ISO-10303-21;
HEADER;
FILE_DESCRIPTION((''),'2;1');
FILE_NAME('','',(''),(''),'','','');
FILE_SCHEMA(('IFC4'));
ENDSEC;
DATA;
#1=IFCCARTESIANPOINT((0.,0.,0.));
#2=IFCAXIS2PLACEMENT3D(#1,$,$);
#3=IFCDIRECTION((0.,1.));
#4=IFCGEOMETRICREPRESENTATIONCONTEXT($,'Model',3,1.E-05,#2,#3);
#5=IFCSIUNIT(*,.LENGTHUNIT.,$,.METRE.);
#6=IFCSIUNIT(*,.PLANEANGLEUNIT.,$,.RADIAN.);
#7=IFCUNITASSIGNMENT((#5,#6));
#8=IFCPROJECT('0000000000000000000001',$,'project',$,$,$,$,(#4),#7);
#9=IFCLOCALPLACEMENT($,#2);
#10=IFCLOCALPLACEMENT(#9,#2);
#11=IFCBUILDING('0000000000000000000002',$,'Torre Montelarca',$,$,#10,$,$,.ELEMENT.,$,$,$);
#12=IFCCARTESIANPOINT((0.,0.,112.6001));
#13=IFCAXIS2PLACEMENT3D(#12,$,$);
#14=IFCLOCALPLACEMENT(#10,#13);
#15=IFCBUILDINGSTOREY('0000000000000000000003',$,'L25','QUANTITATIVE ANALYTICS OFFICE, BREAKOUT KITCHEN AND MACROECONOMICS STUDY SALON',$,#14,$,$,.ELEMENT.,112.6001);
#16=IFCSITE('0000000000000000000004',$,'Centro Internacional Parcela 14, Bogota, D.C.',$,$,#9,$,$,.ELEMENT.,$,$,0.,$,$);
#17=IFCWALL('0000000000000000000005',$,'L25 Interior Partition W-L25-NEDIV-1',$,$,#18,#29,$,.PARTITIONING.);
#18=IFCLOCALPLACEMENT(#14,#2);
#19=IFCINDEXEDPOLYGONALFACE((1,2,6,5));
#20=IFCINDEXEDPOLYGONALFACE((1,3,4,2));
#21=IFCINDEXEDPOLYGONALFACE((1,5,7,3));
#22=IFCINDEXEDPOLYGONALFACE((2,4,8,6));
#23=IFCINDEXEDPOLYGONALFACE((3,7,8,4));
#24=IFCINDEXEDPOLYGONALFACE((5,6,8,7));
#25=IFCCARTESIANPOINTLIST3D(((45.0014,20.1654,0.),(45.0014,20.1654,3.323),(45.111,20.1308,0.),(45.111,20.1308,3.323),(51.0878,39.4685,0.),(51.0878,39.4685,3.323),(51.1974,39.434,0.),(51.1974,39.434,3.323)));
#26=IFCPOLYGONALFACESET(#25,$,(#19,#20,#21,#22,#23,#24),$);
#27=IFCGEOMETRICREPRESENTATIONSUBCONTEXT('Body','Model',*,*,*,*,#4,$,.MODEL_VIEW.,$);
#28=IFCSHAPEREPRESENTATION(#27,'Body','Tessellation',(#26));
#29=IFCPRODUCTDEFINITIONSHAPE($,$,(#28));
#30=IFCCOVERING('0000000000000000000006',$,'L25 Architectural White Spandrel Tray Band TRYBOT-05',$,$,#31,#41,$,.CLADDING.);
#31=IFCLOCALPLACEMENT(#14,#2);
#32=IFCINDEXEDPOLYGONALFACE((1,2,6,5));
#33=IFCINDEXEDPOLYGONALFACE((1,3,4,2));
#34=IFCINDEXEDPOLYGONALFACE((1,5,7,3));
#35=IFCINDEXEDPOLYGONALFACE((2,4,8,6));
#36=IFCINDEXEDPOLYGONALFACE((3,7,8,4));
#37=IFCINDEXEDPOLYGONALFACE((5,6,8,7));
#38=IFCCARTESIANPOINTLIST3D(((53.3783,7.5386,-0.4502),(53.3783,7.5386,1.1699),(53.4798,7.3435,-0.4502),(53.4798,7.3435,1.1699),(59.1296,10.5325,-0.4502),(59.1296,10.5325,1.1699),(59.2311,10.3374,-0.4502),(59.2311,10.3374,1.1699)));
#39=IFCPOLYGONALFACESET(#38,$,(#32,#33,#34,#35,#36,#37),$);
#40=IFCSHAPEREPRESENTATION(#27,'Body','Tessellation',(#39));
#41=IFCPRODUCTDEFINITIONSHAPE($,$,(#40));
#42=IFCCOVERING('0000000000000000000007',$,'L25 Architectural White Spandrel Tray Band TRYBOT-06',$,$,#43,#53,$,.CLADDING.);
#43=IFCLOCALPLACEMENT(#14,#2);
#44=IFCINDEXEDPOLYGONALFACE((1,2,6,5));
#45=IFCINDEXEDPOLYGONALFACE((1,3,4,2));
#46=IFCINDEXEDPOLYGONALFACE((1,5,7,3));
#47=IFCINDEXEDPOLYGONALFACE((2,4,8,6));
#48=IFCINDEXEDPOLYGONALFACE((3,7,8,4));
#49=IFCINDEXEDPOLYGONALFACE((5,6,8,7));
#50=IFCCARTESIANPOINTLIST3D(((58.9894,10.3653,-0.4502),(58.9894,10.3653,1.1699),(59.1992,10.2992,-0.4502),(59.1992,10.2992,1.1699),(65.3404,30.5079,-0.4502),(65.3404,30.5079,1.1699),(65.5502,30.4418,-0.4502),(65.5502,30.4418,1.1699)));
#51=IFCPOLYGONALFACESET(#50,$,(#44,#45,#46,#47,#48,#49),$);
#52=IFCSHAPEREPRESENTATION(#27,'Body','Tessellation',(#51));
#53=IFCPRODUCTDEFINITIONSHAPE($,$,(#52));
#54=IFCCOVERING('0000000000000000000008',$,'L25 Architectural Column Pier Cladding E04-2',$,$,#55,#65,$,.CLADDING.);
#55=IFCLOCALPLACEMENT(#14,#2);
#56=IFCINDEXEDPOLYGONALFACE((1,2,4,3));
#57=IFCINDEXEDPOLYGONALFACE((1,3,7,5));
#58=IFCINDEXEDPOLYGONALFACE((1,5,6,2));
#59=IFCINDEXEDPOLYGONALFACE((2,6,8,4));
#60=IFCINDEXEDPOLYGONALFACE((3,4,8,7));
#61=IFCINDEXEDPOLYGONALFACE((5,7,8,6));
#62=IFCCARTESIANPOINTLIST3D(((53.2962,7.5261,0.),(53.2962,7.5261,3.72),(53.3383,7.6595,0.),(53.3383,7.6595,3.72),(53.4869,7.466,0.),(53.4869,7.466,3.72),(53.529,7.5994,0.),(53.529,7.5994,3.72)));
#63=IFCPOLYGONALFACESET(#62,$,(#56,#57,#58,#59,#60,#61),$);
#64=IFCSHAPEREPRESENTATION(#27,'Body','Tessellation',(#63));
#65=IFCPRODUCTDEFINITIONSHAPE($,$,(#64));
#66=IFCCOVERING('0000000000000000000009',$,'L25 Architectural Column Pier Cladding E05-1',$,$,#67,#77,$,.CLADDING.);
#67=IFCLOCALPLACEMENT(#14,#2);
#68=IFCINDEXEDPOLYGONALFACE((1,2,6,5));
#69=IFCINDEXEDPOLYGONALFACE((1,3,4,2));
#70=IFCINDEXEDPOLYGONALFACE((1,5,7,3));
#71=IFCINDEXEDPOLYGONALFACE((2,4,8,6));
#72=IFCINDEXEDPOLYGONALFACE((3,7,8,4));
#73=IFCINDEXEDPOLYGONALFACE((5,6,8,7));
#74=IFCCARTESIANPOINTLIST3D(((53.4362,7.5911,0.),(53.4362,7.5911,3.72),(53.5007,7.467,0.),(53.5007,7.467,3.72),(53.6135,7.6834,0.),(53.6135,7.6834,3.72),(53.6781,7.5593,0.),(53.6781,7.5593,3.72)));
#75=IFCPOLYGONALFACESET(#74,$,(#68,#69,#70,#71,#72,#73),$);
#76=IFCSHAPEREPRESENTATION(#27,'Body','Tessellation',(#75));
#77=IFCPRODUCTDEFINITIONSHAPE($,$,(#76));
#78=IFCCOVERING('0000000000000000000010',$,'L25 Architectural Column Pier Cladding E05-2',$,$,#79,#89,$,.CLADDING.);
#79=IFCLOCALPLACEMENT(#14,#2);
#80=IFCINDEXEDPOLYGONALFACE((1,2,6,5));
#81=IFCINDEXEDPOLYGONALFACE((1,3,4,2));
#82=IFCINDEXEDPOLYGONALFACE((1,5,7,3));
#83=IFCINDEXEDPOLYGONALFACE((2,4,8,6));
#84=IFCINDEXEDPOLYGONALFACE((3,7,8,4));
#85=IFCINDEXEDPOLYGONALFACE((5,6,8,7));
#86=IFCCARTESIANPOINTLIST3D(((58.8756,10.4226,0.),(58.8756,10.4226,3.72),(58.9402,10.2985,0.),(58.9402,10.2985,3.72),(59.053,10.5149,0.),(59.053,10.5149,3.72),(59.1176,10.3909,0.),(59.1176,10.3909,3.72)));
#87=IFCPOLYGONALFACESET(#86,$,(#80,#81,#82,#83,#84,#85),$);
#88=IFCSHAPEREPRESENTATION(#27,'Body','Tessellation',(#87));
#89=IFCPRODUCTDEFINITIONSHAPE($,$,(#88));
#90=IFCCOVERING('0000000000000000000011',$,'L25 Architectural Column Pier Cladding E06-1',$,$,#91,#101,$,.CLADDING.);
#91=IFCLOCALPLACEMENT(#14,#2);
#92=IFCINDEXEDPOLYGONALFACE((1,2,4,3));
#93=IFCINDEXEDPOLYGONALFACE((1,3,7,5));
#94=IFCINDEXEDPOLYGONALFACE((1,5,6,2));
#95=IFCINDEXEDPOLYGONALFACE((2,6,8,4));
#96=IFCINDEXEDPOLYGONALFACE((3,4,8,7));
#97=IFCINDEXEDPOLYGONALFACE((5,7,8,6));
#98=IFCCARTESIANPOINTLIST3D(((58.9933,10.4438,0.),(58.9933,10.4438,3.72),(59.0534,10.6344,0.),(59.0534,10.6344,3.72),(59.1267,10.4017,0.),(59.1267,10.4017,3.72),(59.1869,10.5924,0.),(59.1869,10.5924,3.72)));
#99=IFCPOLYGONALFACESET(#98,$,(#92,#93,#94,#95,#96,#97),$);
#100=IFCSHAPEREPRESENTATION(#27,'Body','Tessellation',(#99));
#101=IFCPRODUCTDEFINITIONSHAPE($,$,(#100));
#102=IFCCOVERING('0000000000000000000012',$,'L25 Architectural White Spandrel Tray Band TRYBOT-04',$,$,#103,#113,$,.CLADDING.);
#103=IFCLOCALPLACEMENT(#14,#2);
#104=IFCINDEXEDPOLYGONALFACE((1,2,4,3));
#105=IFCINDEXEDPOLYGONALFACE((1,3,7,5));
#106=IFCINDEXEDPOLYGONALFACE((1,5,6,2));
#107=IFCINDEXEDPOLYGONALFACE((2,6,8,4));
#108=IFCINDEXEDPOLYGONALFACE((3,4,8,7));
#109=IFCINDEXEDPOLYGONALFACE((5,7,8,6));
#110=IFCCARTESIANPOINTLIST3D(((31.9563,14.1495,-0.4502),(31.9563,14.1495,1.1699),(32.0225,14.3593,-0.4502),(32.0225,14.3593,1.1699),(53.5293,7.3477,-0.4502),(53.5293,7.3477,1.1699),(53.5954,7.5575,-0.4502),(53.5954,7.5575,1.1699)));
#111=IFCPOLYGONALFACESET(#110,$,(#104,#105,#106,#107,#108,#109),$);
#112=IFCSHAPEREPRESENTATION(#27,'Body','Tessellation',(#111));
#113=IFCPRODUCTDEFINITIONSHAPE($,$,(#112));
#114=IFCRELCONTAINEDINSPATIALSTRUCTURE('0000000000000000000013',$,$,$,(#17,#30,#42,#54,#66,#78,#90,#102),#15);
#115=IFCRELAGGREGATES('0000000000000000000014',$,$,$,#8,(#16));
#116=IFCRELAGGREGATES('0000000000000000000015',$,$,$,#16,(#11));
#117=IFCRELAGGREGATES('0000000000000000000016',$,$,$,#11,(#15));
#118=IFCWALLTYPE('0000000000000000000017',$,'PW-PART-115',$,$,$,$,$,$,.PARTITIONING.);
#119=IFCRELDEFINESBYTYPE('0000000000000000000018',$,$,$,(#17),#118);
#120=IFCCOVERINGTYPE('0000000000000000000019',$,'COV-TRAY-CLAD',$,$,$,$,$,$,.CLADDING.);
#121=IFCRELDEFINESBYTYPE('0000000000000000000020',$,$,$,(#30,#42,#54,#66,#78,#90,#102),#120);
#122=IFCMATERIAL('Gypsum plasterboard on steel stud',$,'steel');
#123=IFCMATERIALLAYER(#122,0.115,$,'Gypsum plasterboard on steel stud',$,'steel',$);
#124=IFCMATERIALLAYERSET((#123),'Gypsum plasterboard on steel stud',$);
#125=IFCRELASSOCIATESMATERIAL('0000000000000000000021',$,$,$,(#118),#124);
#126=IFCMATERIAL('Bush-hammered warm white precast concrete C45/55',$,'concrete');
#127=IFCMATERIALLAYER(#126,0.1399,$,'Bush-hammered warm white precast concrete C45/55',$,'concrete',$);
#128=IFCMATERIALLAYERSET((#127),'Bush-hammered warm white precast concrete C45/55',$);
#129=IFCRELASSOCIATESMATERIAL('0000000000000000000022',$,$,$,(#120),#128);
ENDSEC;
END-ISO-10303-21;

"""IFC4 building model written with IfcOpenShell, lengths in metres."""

from ifc_helpers import new_model, si_unit, direction, frame, frame_2d, origin, origin_2d, place, context, subcontext, project, spatial, rectangle, extrude, source, transform, mapped, material, layer, layer_set, type_object, element, save


model = new_model("IFC4")

# Units and contexts
model_context = context("Model", 3, precision=1e-05, world=origin(), true_north=direction((0.0, 1.0)))
body_context = subcontext(model_context, "Body", "Model", "MODEL_VIEW")
ifc_project = project(units=[si_unit("LENGTHUNIT", "METRE"), si_unit("PLANEANGLEUNIT", "RADIAN")], contexts=[model_context])

# Site, building, storey
site_placement = place(None, origin())
site = spatial("IfcSite", under=ifc_project, at=site_placement, Name="Centro Internacional Parcela 14, Bogota, D.C.", CompositionType="ELEMENT", RefElevation=0.0)
building_placement = place(site_placement, origin())
building = spatial("IfcBuilding", under=site, at=building_placement, Name="Torre Montelarca", CompositionType="ELEMENT")
storey_placement = place(building_placement, frame((0.0, 0.0, 112.6001)))
storey = spatial("IfcBuildingStorey", under=building, at=storey_placement, Name="L25", Description="QUANTITATIVE ANALYTICS OFFICE, BREAKOUT KITCHEN AND MACROECONOMICS STUDY SALON", CompositionType="ELEMENT", Elevation=112.6001)

# Wall
ifc_material_1 = material(Name="Gypsum plasterboard on steel stud", Category="steel")
ifc_layer_1 = layer(ifc_material_1, 0.115, Name="Gypsum plasterboard on steel stud", Category="steel")
ifc_layer_set_1 = layer_set([ifc_layer_1], Name="Gypsum plasterboard on steel stud")
wall_type = type_object("IfcWallType", Name="PW-PART-115", PredefinedType="PARTITIONING", material=ifc_layer_set_1)
wall_placement = place(storey_placement, frame((45.0562, 20.1479, 0.0), z_axis=(0.0, 0.0, 1.0), x_axis=(0.300712, 0.953715, 0.0)))
element("IfcWall", 1, at=wall_placement, inside=storey, type_object=wall_type, Name="L25 Interior Partition W-L25-NEDIV-1", PredefinedType="PARTITIONING", context=body_context, shape_type="SweptSolid", body=[
    extrude(rectangle(XDim=20.24, YDim=0.115, at=frame_2d((10.1201, 0.0))), origin(), (0.0, 0.0, 1.0), 3.323),
])

# Coverings
ifc_material_2 = material(Name="Bush-hammered warm white precast concrete C45/55", Category="concrete")
ifc_layer_2 = layer(ifc_material_2, 0.1399, Name="Bush-hammered warm white precast concrete C45/55", Category="concrete")
ifc_layer_set_2 = layer_set([ifc_layer_2], Name="Bush-hammered warm white precast concrete C45/55")
covering_type = type_object("IfcCoveringType", Name="COV-TRAY-CLAD", PredefinedType="CLADDING", material=ifc_layer_set_2)
shared_shape_1 = source(origin(), body_context, "Body", "SweptSolid", [
    extrude(rectangle(XDim=6.4839, YDim=0.22, at=origin_2d()), origin(), (0.0, 0.0, 1.0), 1.6201),
])
covering_1_placement = place(storey_placement, frame((56.3047, 8.938, -0.4502), z_axis=(0.0, 0.0, 1.0), x_axis=(0.887014, 0.461742, 0.0)))
element("IfcCovering", 2, at=covering_1_placement, inside=storey, type_object=covering_type, Name="L25 Architectural White Spandrel Tray Band TRYBOT-05", PredefinedType="CLADDING", context=body_context, shape_type="MappedRepresentation", body=[
    mapped(shared_shape_1, transform((0.0, 0.0, 0.0), scale=1.0)),
])
shared_shape_2 = source(origin(), body_context, "Body", "SweptSolid", [
    extrude(rectangle(XDim=21.1201, YDim=0.22, at=origin_2d()), origin(), (0.0, 0.0, 1.0), 1.6201),
])
covering_2_placement = place(storey_placement, frame((62.2698, 20.4036, -0.4502), z_axis=(0.0, 0.0, 1.0), x_axis=(0.300709, 0.953716, 0.0)))
element("IfcCovering", 3, at=covering_2_placement, inside=storey, type_object=covering_type, Name="L25 Architectural White Spandrel Tray Band TRYBOT-06", PredefinedType="CLADDING", context=body_context, shape_type="MappedRepresentation", body=[
    mapped(shared_shape_2, transform((0.0, 0.0, 0.0), scale=1.0)),
])
shared_shape_3 = source(origin(), body_context, "Body", "SweptSolid", [
    extrude(rectangle(XDim=0.2, YDim=0.1399, at=origin_2d()), origin(), (0.0, 0.0, 1.0), 3.72),
])
for number, where, z_axis, x_axis, name in (
    (4, (53.4126, 7.5627, 0.0), (0.0, 0.0, 1.0), (0.953718, -0.300702, 0.0), "L25 Architectural Column Pier Cladding E04-2"),
    (5, (53.5571, 7.5752, 0.0), (0.0, 0.0, 1.0), (0.887017, 0.461736, 0.0), "L25 Architectural Column Pier Cladding E05-1"),
    (6, (58.9966, 10.4067, 0.0), (0.0, 0.0, 1.0), (0.887017, 0.461736, 0.0), "L25 Architectural Column Pier Cladding E05-2"),
    (7, (59.0901, 10.5181, 0.0), (0.0, 0.0, 1.0), (0.300707, 0.953716, 0.0), "L25 Architectural Column Pier Cladding E06-1"),
):
    element("IfcCovering", number, at=place(storey_placement, frame(where, z_axis=z_axis, x_axis=x_axis)), inside=storey, type_object=covering_type, Name=name, PredefinedType="CLADDING", context=body_context, shape_type="MappedRepresentation", body=[
        mapped(shared_shape_3, transform((0.0, 0.0, 0.0), scale=1.0)),
    ])
shared_shape_4 = source(origin(), body_context, "Body", "SweptSolid", [
    extrude(rectangle(XDim=22.6199, YDim=0.22, at=origin_2d()), origin(), (0.0, 0.0, 1.0), 1.6201),
])
covering_3_placement = place(storey_placement, frame((42.7759, 10.8535, -0.4502), z_axis=(0.0, 0.0, 1.0), x_axis=(0.953718, -0.300702, 0.0)))
element("IfcCovering", 8, at=covering_3_placement, inside=storey, type_object=covering_type, Name="L25 Architectural White Spandrel Tray Band TRYBOT-04", PredefinedType="CLADDING", context=body_context, shape_type="MappedRepresentation", body=[
    mapped(shared_shape_4, transform((0.0, 0.0, 0.0), scale=1.0)),
])

save(model, "model.ifc")
